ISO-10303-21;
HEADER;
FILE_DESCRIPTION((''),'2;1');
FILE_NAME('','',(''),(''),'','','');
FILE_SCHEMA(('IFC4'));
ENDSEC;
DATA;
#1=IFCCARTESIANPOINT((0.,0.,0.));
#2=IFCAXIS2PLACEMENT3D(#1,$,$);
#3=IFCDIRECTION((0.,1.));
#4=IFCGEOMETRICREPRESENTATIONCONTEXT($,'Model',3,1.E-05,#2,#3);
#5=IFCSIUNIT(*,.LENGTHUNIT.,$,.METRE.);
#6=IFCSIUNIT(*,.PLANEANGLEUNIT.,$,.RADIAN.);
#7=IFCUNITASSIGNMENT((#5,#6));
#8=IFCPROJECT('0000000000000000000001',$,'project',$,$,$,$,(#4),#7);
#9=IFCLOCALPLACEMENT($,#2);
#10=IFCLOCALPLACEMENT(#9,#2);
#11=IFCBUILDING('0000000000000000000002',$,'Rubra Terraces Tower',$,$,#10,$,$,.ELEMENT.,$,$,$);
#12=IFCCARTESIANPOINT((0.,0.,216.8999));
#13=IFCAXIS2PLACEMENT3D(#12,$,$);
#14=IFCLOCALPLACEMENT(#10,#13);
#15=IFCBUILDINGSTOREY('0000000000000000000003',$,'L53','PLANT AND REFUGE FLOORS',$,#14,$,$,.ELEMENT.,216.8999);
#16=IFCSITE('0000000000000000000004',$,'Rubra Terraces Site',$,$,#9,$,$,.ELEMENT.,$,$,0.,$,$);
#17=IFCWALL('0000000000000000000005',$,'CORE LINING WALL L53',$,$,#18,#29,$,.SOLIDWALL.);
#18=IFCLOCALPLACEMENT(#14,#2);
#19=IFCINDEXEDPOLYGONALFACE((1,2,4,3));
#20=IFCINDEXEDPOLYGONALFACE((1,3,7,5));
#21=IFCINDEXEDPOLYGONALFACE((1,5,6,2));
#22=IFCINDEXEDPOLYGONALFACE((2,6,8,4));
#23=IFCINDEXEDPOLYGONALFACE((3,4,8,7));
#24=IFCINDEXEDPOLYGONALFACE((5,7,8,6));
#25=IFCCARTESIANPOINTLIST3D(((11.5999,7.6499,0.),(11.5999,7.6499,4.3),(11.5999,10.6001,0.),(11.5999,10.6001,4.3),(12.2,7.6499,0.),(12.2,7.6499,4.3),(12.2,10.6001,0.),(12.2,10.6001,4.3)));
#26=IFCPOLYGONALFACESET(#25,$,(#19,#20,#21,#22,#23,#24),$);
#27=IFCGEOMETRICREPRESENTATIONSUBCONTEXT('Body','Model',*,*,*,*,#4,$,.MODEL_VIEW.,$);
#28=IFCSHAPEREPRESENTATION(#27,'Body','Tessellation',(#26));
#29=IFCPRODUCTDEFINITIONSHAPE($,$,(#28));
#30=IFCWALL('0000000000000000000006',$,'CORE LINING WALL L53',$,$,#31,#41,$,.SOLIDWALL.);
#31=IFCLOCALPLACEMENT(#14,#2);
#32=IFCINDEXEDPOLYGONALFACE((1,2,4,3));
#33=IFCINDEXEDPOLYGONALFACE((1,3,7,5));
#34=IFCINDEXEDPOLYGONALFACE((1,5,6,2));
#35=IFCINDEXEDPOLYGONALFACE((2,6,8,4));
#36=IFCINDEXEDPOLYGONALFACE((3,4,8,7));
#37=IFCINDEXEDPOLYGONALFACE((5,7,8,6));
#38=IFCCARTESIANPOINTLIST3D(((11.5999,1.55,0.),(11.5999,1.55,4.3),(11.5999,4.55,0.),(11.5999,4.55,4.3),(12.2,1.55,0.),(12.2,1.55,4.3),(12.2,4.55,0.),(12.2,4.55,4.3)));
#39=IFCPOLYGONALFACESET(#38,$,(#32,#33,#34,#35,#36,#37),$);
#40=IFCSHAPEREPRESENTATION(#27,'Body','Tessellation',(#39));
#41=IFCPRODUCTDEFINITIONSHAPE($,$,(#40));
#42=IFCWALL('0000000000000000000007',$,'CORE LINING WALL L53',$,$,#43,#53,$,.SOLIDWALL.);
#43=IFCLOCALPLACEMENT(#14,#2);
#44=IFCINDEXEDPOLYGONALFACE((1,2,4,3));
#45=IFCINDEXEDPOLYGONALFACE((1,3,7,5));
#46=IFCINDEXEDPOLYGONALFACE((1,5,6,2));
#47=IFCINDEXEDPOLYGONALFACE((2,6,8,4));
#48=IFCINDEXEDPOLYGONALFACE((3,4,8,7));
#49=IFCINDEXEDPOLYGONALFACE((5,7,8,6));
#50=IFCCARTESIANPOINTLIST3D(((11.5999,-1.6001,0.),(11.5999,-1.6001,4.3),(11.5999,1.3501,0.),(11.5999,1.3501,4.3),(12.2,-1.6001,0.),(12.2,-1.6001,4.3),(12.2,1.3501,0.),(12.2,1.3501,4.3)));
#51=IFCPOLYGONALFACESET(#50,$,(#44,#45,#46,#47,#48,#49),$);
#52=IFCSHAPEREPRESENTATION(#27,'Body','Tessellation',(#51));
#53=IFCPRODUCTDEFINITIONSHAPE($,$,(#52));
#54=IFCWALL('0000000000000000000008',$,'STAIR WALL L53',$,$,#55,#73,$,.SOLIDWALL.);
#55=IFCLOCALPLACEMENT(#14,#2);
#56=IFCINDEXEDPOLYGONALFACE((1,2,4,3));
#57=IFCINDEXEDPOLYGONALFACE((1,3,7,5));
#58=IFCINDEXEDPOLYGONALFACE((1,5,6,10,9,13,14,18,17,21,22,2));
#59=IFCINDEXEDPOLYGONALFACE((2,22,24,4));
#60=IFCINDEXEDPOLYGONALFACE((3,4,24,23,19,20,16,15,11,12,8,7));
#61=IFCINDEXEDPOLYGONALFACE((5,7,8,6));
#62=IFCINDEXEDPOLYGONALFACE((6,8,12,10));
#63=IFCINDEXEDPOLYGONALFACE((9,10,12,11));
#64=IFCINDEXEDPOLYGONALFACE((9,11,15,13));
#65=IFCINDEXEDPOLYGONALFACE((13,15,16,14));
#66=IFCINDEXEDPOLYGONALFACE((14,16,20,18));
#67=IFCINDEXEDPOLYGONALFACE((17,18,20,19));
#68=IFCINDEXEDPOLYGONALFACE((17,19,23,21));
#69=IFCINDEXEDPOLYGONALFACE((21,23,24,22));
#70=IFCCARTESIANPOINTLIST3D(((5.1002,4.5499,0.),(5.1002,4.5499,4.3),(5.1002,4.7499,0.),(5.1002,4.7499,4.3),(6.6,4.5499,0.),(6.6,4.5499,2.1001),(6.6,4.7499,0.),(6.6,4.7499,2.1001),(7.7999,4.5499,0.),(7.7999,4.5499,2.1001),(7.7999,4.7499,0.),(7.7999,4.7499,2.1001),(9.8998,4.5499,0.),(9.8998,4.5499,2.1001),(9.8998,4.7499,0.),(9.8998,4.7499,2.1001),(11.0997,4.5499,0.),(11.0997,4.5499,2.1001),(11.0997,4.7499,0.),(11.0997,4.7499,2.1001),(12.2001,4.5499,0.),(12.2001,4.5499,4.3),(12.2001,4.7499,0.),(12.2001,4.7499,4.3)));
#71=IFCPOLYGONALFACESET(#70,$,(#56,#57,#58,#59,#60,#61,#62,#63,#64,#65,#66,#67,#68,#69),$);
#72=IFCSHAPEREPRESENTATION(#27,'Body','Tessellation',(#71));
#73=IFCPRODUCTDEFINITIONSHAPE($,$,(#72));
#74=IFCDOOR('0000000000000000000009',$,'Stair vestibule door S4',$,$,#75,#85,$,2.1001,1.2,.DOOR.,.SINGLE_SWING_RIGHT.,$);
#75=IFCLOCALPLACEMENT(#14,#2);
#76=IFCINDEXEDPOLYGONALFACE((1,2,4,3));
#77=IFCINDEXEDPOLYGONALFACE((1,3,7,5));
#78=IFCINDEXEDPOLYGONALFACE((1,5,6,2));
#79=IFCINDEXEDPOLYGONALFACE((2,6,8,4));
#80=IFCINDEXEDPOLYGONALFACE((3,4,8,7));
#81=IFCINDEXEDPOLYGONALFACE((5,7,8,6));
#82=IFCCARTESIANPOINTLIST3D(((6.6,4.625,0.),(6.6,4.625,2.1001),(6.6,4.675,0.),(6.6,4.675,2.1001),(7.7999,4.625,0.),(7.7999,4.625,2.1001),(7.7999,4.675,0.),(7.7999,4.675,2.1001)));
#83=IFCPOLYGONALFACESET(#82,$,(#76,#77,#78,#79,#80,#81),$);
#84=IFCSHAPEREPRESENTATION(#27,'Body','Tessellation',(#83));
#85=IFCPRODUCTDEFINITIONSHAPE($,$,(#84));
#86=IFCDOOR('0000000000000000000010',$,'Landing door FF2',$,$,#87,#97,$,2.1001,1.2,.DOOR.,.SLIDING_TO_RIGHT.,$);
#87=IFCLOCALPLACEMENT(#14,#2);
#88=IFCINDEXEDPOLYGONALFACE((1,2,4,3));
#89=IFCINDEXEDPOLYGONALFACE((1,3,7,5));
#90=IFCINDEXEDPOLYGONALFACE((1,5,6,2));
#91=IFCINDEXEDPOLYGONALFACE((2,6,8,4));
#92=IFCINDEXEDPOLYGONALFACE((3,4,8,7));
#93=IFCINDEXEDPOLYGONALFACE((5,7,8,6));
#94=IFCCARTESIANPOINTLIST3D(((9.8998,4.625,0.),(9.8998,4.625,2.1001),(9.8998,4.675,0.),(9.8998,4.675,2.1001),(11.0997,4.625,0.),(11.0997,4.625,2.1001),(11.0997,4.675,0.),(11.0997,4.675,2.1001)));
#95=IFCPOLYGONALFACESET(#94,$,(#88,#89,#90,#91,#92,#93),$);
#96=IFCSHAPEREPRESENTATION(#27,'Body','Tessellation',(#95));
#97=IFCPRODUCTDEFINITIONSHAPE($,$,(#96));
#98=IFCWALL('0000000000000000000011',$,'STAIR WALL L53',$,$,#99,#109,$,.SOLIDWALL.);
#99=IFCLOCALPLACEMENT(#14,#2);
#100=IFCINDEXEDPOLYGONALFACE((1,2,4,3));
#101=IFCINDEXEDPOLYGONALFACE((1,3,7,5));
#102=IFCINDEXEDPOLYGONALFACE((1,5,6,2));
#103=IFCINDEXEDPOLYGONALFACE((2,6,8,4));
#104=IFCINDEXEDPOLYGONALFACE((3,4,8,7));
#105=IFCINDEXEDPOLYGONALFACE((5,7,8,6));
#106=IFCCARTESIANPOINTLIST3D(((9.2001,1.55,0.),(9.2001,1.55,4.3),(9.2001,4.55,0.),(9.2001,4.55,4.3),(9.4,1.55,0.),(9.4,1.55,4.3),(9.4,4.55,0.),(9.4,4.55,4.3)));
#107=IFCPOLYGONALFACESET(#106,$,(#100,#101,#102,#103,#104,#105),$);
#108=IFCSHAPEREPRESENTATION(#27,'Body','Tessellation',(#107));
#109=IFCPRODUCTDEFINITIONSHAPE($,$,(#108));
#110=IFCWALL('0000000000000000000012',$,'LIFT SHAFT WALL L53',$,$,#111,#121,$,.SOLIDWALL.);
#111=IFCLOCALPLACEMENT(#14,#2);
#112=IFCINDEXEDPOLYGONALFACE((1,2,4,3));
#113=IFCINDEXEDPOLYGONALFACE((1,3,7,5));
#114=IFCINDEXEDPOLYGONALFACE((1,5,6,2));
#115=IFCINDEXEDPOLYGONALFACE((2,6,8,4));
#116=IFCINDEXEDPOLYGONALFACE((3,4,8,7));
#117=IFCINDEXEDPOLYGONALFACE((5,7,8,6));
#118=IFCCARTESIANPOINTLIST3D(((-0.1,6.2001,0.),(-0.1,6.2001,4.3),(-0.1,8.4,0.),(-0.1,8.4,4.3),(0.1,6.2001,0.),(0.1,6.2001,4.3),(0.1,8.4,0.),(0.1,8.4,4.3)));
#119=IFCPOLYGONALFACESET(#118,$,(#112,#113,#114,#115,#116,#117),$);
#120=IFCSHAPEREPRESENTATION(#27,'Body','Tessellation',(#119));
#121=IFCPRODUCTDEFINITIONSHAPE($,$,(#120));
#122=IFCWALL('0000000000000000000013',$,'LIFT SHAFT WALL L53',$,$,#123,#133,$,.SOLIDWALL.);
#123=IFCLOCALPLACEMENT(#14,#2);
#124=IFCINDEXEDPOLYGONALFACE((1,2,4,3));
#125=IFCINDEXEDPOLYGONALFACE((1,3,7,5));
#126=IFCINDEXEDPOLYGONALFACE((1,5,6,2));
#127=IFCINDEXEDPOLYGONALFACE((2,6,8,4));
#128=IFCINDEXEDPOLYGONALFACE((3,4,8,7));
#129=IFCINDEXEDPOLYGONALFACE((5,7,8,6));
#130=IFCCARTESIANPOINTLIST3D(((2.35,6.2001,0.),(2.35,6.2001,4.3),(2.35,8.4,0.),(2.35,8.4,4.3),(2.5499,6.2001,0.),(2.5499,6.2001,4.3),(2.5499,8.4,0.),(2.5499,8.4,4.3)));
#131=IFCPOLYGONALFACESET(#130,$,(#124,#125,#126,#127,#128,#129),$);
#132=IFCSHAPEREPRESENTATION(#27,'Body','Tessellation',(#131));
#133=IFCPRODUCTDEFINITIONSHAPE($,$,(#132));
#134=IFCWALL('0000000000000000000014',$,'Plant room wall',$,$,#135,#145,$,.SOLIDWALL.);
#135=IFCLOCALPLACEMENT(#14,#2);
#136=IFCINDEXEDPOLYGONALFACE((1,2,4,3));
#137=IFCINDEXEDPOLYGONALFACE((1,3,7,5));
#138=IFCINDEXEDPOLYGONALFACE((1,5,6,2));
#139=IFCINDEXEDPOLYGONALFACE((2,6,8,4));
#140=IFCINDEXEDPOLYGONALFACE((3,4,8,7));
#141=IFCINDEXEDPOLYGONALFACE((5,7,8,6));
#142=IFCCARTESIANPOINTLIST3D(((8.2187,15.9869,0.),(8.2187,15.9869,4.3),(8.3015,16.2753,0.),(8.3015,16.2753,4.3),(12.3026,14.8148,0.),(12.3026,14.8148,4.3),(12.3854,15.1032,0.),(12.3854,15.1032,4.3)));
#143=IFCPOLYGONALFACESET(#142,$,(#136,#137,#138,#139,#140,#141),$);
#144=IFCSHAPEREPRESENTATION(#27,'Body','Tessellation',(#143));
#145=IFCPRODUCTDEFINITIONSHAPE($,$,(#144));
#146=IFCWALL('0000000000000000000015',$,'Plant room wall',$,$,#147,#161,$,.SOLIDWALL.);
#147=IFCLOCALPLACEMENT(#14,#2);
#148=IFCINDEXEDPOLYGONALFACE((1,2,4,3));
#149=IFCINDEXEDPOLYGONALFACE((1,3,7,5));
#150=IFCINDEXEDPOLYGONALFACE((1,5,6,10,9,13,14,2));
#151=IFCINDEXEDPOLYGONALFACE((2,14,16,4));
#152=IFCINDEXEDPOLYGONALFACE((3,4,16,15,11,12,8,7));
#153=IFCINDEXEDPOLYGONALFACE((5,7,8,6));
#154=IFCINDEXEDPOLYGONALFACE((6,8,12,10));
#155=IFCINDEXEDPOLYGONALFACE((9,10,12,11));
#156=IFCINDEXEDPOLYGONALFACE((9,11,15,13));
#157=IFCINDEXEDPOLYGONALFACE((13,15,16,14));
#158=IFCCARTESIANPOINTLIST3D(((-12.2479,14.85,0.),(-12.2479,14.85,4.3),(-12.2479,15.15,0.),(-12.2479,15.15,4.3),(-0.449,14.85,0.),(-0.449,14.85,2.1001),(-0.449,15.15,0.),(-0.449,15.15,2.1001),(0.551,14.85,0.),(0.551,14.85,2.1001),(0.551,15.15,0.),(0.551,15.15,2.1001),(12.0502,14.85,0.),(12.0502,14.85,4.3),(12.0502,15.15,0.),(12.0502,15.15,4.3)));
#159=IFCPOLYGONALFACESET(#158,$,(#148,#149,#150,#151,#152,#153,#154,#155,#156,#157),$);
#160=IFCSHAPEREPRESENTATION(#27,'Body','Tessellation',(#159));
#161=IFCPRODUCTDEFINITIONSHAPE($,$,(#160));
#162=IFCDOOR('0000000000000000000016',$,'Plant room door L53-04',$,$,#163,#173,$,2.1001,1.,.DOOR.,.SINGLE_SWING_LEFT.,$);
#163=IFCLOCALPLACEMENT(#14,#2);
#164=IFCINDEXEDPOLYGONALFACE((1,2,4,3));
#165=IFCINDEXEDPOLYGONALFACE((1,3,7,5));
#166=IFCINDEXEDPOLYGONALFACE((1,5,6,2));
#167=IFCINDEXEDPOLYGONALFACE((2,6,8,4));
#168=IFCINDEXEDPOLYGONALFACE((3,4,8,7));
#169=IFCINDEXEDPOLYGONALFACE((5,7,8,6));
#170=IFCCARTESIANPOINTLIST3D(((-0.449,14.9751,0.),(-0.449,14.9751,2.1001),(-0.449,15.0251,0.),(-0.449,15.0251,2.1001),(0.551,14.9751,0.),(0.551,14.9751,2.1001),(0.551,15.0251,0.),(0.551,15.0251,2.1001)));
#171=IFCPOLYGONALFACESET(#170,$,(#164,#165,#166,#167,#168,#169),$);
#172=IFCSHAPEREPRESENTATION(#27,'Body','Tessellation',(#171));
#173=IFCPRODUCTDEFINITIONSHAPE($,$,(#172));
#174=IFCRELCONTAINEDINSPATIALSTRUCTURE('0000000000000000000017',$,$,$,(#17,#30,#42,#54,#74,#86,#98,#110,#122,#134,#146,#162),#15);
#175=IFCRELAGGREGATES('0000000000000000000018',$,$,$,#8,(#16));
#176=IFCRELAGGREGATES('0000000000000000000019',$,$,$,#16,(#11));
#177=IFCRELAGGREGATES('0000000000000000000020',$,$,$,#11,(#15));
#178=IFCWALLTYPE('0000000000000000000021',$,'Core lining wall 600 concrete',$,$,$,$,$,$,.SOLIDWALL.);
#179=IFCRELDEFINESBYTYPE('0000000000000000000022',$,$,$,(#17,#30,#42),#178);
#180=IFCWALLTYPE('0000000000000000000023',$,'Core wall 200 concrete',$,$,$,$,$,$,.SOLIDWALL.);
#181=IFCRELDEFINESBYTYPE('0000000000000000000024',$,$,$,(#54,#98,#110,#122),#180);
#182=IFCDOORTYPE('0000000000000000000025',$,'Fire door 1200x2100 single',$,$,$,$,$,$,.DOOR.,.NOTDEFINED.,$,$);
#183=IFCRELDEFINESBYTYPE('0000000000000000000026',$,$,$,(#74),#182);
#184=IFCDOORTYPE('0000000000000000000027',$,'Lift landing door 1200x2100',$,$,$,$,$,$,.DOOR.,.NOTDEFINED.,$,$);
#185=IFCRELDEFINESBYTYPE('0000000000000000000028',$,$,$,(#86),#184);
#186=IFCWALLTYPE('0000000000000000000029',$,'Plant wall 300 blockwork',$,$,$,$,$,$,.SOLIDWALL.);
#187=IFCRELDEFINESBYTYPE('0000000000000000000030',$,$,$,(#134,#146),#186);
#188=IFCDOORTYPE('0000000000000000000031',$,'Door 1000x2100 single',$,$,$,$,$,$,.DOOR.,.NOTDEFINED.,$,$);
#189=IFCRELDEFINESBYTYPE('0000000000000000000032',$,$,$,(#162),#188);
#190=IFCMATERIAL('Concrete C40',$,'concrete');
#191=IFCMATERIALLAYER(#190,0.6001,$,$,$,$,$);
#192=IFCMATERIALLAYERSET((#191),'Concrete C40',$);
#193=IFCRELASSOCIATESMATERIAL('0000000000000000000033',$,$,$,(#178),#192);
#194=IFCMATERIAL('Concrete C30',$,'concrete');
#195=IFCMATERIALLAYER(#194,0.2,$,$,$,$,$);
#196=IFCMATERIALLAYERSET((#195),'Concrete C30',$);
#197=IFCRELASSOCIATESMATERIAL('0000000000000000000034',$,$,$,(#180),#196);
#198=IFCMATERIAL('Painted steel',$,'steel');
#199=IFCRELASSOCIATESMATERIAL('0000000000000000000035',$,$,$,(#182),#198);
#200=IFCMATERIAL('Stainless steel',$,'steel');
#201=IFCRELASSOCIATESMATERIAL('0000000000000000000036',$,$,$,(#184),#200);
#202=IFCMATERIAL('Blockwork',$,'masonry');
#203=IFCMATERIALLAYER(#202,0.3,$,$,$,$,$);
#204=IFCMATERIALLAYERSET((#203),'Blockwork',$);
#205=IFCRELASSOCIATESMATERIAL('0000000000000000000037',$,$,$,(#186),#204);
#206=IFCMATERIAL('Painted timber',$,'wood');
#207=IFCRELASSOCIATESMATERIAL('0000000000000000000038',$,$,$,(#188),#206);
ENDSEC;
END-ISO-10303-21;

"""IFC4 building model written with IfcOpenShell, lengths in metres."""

from ifc_helpers import new_model, si_unit, direction, frame, frame_2d, origin, place, context, subcontext, project, spatial, rectangle, extrude, material, layer, layer_set, type_object, element, fill, save


model = new_model("IFC4")

# Units and contexts
model_context = context("Model", 3, precision=1e-05, world=origin(), true_north=direction((0.0, 1.0)))
body_context = subcontext(model_context, "Body", "Model", "MODEL_VIEW")
ifc_project = project(units=[si_unit("LENGTHUNIT", "METRE"), si_unit("PLANEANGLEUNIT", "RADIAN")], contexts=[model_context])

# Site, building, storey
site_placement = place(None, origin())
site = spatial("IfcSite", under=ifc_project, at=site_placement, Name="Rubra Terraces Site", CompositionType="ELEMENT", RefElevation=0.0)
building_placement = place(site_placement, origin())
building = spatial("IfcBuilding", under=site, at=building_placement, Name="Rubra Terraces Tower", CompositionType="ELEMENT")
storey_placement = place(building_placement, frame((0.0, 0.0, 216.8999)))
storey = spatial("IfcBuildingStorey", under=building, at=storey_placement, Name="L53", Description="PLANT AND REFUGE FLOORS", CompositionType="ELEMENT", Elevation=216.8999)

# Walls
ifc_material_1 = material(Name="Concrete C40", Category="concrete")
ifc_layer_1 = layer(ifc_material_1, 0.6001)
ifc_layer_set_1 = layer_set([ifc_layer_1], Name="Concrete C40")
wall_type_1 = type_object("IfcWallType", Name="Core lining wall 600 concrete", PredefinedType="SOLIDWALL", material=ifc_layer_set_1)
wall_1_placement = place(storey_placement, frame((11.8999, 10.6001, 0.0), z_axis=(0.0, 0.0, 1.0), x_axis=(0.0, -1.0, 0.0)))
element("IfcWall", 1, at=wall_1_placement, inside=storey, type_object=wall_type_1, Name="CORE LINING WALL L53", PredefinedType="SOLIDWALL", context=body_context, shape_type="SweptSolid", body=[
    extrude(rectangle(XDim=2.9502, YDim=0.6001, at=frame_2d((1.4751, 0.0))), origin(), (0.0, 0.0, 1.0), 4.3),
])
wall_2_placement = place(storey_placement, frame((11.8999, 4.55, 0.0), z_axis=(0.0, 0.0, 1.0), x_axis=(0.0, -1.0, 0.0)))
element("IfcWall", 2, at=wall_2_placement, inside=storey, type_object=wall_type_1, Name="CORE LINING WALL L53", PredefinedType="SOLIDWALL", context=body_context, shape_type="SweptSolid", body=[
    extrude(rectangle(XDim=3.0, YDim=0.6001, at=frame_2d((1.5, 0.0))), origin(), (0.0, 0.0, 1.0), 4.3),
])
wall_3_placement = place(storey_placement, frame((11.8999, 1.3501, 0.0), z_axis=(0.0, 0.0, 1.0), x_axis=(0.0, -1.0, 0.0)))
element("IfcWall", 3, at=wall_3_placement, inside=storey, type_object=wall_type_1, Name="CORE LINING WALL L53", PredefinedType="SOLIDWALL", context=body_context, shape_type="SweptSolid", body=[
    extrude(rectangle(XDim=2.9502, YDim=0.6001, at=frame_2d((1.4751, 0.0))), origin(), (0.0, 0.0, 1.0), 4.3),
])

# Wall, openings, doors
ifc_material_2 = material(Name="Concrete C30", Category="concrete")
ifc_layer_2 = layer(ifc_material_2, 0.2)
ifc_layer_set_2 = layer_set([ifc_layer_2], Name="Concrete C30")
wall_type_2 = type_object("IfcWallType", Name="Core wall 200 concrete", PredefinedType="SOLIDWALL", material=ifc_layer_set_2)
wall_4_placement = place(storey_placement, frame((12.2, 4.6499, 0.0), z_axis=(0.0, 0.0, 1.0), x_axis=(-1.0, 0.0, 0.0)))
wall_4 = element("IfcWall", 4, at=wall_4_placement, inside=storey, type_object=wall_type_2, Name="STAIR WALL L53", PredefinedType="SOLIDWALL", context=body_context, shape_type="SweptSolid", body=[
    extrude(rectangle(XDim=7.0999, YDim=0.2, at=frame_2d((3.5498, 0.0))), origin(), (0.0, 0.0, 1.0), 4.3),
])
opening_1_placement = place(wall_4_placement, frame((4.3999, 0.0, 0.0)))
opening_1 = element("IfcOpeningElement", 5, at=opening_1_placement, cuts=wall_4, PredefinedType="OPENING", context=body_context, shape_type="SweptSolid", body=[
    extrude(rectangle(XDim=1.2, YDim=2.1001, at=frame_2d((0.6001, 1.05))), frame((0.0, 0.1099, 0.0), z_axis=(0.0, -1.0, 0.0), x_axis=(1.0, 0.0, 0.0)), (0.0, 0.0, 1.0), 0.22),
])
opening_2_placement = place(wall_4_placement, frame((1.1001, 0.0, 0.0)))
opening_2 = element("IfcOpeningElement", 6, at=opening_2_placement, cuts=wall_4, PredefinedType="OPENING", context=body_context, shape_type="SweptSolid", body=[
    extrude(rectangle(XDim=1.2, YDim=2.1001, at=frame_2d((0.6001, 1.05))), frame((0.0, 0.1099, 0.0), z_axis=(0.0, -1.0, 0.0), x_axis=(1.0, 0.0, 0.0)), (0.0, 0.0, 1.0), 0.22),
])
ifc_material_3 = material(Name="Painted steel", Category="steel")
door_type_1 = type_object("IfcDoorType", Name="Fire door 1200x2100 single", OperationType="NOTDEFINED", PredefinedType="DOOR", material=ifc_material_3)
door_1_placement = place(opening_1_placement, origin())
door_1 = element("IfcDoor", 7, at=door_1_placement, inside=storey, type_object=door_type_1, Name="Stair vestibule door S4", OperationType="SINGLE_SWING_RIGHT", OverallHeight=2.1001, OverallWidth=1.2, PredefinedType="DOOR", context=body_context, shape_type="SweptSolid", body=[
    extrude(rectangle(XDim=1.2, YDim=2.1001, at=frame_2d((0.6001, 1.05))), frame((0.0, 0.0249, 0.0), z_axis=(0.0, -1.0, 0.0), x_axis=(1.0, 0.0, 0.0)), (0.0, 0.0, 1.0), 0.05),
])
fill(opening_1, door_1)
ifc_material_4 = material(Name="Stainless steel", Category="steel")
door_type_2 = type_object("IfcDoorType", Name="Lift landing door 1200x2100", OperationType="NOTDEFINED", PredefinedType="DOOR", material=ifc_material_4)
door_2_placement = place(opening_2_placement, origin())
door_2 = element("IfcDoor", 8, at=door_2_placement, inside=storey, type_object=door_type_2, Name="Landing door FF2", OperationType="SLIDING_TO_RIGHT", OverallHeight=2.1001, OverallWidth=1.2, PredefinedType="DOOR", context=body_context, shape_type="SweptSolid", body=[
    extrude(rectangle(XDim=1.2, YDim=2.1001, at=frame_2d((0.6001, 1.05))), frame((0.0, 0.0249, 0.0), z_axis=(0.0, -1.0, 0.0), x_axis=(1.0, 0.0, 0.0)), (0.0, 0.0, 1.0), 0.05),
])
fill(opening_2, door_2)

# Walls
wall_5_placement = place(storey_placement, frame((9.3, 4.55, 0.0), z_axis=(0.0, 0.0, 1.0), x_axis=(0.0, -1.0, 0.0)))
element("IfcWall", 9, at=wall_5_placement, inside=storey, type_object=wall_type_2, Name="STAIR WALL L53", PredefinedType="SOLIDWALL", context=body_context, shape_type="SweptSolid", body=[
    extrude(rectangle(XDim=3.0, YDim=0.2, at=frame_2d((1.5, 0.0))), origin(), (0.0, 0.0, 1.0), 4.3),
])
for number, where, z_axis, x_axis, name in (
    (10, (0.0, 6.2, 0.0), (0.0, 0.0, 1.0), (0.0, 1.0, 0.0), "LIFT SHAFT WALL L53"),
    (11, (2.45, 6.2, 0.0), (0.0, 0.0, 1.0), (0.0, 1.0, 0.0), "LIFT SHAFT WALL L53"),
):
    element("IfcWall", number, at=place(storey_placement, frame(where, z_axis=z_axis, x_axis=x_axis)), inside=storey, type_object=wall_type_2, Name=name, PredefinedType="SOLIDWALL", context=body_context, shape_type="SweptSolid", body=[
        extrude(rectangle(XDim=2.2, YDim=0.2, at=frame_2d((1.1001, 0.0))), origin(), (0.0, 0.0, 1.0), 4.3),
    ])
ifc_material_5 = material(Name="Blockwork", Category="masonry")
ifc_layer_3 = layer(ifc_material_5, 0.3)
ifc_layer_set_3 = layer_set([ifc_layer_3], Name="Blockwork")
wall_type_3 = type_object("IfcWallType", Name="Plant wall 300 blockwork", PredefinedType="SOLIDWALL", material=ifc_layer_set_3)
wall_6_placement = place(storey_placement, frame((8.26, 16.1311, 0.0), z_axis=(0.0, 0.0, 1.0), x_axis=(0.961196, -0.275867, 0.0)))
element("IfcWall", 12, at=wall_6_placement, inside=storey, type_object=wall_type_3, Name="Plant room wall", PredefinedType="SOLIDWALL", context=body_context, shape_type="SweptSolid", body=[
    extrude(rectangle(XDim=4.2488, YDim=0.3, at=frame_2d((2.1245, 0.0))), origin(), (0.0, 0.0, 1.0), 4.3),
])

# Wall, opening, door
wall_7_placement = place(storey_placement, frame((12.05, 15.0, 0.0), z_axis=(0.0, 0.0, 1.0), x_axis=(-1.0, 0.0, 0.0)))
wall_7 = element("IfcWall", 13, at=wall_7_placement, inside=storey, type_object=wall_type_3, Name="Plant room wall", PredefinedType="SOLIDWALL", context=body_context, shape_type="SweptSolid", body=[
    extrude(rectangle(XDim=24.2981, YDim=0.3, at=frame_2d((12.1489, 0.0))), origin(), (0.0, 0.0, 1.0), 4.3),
])
opening_3_placement = place(wall_7_placement, frame((11.499, 0.0, 0.0)))
opening_3 = element("IfcOpeningElement", 14, at=opening_3_placement, cuts=wall_7, PredefinedType="OPENING", context=body_context, shape_type="SweptSolid", body=[
    extrude(rectangle(XDim=1.0, YDim=2.1001, at=frame_2d((0.5, 1.05))), frame((0.0, 0.1599, 0.0), z_axis=(0.0, -1.0, 0.0), x_axis=(1.0, 0.0, 0.0)), (0.0, 0.0, 1.0), 0.3201),
])
ifc_material_6 = material(Name="Painted timber", Category="wood")
door_type_3 = type_object("IfcDoorType", Name="Door 1000x2100 single", OperationType="NOTDEFINED", PredefinedType="DOOR", material=ifc_material_6)
door_3_placement = place(opening_3_placement, origin())
door_3 = element("IfcDoor", 15, at=door_3_placement, inside=storey, type_object=door_type_3, Name="Plant room door L53-04", OperationType="SINGLE_SWING_LEFT", OverallHeight=2.1001, OverallWidth=1.0, PredefinedType="DOOR", context=body_context, shape_type="SweptSolid", body=[
    extrude(rectangle(XDim=1.0, YDim=2.1001, at=frame_2d((0.5, 1.05))), frame((0.0, 0.0249, 0.0), z_axis=(0.0, -1.0, 0.0), x_axis=(1.0, 0.0, 0.0)), (0.0, 0.0, 1.0), 0.05),
])
fill(opening_3, door_3)

save(model, "model.ifc")
